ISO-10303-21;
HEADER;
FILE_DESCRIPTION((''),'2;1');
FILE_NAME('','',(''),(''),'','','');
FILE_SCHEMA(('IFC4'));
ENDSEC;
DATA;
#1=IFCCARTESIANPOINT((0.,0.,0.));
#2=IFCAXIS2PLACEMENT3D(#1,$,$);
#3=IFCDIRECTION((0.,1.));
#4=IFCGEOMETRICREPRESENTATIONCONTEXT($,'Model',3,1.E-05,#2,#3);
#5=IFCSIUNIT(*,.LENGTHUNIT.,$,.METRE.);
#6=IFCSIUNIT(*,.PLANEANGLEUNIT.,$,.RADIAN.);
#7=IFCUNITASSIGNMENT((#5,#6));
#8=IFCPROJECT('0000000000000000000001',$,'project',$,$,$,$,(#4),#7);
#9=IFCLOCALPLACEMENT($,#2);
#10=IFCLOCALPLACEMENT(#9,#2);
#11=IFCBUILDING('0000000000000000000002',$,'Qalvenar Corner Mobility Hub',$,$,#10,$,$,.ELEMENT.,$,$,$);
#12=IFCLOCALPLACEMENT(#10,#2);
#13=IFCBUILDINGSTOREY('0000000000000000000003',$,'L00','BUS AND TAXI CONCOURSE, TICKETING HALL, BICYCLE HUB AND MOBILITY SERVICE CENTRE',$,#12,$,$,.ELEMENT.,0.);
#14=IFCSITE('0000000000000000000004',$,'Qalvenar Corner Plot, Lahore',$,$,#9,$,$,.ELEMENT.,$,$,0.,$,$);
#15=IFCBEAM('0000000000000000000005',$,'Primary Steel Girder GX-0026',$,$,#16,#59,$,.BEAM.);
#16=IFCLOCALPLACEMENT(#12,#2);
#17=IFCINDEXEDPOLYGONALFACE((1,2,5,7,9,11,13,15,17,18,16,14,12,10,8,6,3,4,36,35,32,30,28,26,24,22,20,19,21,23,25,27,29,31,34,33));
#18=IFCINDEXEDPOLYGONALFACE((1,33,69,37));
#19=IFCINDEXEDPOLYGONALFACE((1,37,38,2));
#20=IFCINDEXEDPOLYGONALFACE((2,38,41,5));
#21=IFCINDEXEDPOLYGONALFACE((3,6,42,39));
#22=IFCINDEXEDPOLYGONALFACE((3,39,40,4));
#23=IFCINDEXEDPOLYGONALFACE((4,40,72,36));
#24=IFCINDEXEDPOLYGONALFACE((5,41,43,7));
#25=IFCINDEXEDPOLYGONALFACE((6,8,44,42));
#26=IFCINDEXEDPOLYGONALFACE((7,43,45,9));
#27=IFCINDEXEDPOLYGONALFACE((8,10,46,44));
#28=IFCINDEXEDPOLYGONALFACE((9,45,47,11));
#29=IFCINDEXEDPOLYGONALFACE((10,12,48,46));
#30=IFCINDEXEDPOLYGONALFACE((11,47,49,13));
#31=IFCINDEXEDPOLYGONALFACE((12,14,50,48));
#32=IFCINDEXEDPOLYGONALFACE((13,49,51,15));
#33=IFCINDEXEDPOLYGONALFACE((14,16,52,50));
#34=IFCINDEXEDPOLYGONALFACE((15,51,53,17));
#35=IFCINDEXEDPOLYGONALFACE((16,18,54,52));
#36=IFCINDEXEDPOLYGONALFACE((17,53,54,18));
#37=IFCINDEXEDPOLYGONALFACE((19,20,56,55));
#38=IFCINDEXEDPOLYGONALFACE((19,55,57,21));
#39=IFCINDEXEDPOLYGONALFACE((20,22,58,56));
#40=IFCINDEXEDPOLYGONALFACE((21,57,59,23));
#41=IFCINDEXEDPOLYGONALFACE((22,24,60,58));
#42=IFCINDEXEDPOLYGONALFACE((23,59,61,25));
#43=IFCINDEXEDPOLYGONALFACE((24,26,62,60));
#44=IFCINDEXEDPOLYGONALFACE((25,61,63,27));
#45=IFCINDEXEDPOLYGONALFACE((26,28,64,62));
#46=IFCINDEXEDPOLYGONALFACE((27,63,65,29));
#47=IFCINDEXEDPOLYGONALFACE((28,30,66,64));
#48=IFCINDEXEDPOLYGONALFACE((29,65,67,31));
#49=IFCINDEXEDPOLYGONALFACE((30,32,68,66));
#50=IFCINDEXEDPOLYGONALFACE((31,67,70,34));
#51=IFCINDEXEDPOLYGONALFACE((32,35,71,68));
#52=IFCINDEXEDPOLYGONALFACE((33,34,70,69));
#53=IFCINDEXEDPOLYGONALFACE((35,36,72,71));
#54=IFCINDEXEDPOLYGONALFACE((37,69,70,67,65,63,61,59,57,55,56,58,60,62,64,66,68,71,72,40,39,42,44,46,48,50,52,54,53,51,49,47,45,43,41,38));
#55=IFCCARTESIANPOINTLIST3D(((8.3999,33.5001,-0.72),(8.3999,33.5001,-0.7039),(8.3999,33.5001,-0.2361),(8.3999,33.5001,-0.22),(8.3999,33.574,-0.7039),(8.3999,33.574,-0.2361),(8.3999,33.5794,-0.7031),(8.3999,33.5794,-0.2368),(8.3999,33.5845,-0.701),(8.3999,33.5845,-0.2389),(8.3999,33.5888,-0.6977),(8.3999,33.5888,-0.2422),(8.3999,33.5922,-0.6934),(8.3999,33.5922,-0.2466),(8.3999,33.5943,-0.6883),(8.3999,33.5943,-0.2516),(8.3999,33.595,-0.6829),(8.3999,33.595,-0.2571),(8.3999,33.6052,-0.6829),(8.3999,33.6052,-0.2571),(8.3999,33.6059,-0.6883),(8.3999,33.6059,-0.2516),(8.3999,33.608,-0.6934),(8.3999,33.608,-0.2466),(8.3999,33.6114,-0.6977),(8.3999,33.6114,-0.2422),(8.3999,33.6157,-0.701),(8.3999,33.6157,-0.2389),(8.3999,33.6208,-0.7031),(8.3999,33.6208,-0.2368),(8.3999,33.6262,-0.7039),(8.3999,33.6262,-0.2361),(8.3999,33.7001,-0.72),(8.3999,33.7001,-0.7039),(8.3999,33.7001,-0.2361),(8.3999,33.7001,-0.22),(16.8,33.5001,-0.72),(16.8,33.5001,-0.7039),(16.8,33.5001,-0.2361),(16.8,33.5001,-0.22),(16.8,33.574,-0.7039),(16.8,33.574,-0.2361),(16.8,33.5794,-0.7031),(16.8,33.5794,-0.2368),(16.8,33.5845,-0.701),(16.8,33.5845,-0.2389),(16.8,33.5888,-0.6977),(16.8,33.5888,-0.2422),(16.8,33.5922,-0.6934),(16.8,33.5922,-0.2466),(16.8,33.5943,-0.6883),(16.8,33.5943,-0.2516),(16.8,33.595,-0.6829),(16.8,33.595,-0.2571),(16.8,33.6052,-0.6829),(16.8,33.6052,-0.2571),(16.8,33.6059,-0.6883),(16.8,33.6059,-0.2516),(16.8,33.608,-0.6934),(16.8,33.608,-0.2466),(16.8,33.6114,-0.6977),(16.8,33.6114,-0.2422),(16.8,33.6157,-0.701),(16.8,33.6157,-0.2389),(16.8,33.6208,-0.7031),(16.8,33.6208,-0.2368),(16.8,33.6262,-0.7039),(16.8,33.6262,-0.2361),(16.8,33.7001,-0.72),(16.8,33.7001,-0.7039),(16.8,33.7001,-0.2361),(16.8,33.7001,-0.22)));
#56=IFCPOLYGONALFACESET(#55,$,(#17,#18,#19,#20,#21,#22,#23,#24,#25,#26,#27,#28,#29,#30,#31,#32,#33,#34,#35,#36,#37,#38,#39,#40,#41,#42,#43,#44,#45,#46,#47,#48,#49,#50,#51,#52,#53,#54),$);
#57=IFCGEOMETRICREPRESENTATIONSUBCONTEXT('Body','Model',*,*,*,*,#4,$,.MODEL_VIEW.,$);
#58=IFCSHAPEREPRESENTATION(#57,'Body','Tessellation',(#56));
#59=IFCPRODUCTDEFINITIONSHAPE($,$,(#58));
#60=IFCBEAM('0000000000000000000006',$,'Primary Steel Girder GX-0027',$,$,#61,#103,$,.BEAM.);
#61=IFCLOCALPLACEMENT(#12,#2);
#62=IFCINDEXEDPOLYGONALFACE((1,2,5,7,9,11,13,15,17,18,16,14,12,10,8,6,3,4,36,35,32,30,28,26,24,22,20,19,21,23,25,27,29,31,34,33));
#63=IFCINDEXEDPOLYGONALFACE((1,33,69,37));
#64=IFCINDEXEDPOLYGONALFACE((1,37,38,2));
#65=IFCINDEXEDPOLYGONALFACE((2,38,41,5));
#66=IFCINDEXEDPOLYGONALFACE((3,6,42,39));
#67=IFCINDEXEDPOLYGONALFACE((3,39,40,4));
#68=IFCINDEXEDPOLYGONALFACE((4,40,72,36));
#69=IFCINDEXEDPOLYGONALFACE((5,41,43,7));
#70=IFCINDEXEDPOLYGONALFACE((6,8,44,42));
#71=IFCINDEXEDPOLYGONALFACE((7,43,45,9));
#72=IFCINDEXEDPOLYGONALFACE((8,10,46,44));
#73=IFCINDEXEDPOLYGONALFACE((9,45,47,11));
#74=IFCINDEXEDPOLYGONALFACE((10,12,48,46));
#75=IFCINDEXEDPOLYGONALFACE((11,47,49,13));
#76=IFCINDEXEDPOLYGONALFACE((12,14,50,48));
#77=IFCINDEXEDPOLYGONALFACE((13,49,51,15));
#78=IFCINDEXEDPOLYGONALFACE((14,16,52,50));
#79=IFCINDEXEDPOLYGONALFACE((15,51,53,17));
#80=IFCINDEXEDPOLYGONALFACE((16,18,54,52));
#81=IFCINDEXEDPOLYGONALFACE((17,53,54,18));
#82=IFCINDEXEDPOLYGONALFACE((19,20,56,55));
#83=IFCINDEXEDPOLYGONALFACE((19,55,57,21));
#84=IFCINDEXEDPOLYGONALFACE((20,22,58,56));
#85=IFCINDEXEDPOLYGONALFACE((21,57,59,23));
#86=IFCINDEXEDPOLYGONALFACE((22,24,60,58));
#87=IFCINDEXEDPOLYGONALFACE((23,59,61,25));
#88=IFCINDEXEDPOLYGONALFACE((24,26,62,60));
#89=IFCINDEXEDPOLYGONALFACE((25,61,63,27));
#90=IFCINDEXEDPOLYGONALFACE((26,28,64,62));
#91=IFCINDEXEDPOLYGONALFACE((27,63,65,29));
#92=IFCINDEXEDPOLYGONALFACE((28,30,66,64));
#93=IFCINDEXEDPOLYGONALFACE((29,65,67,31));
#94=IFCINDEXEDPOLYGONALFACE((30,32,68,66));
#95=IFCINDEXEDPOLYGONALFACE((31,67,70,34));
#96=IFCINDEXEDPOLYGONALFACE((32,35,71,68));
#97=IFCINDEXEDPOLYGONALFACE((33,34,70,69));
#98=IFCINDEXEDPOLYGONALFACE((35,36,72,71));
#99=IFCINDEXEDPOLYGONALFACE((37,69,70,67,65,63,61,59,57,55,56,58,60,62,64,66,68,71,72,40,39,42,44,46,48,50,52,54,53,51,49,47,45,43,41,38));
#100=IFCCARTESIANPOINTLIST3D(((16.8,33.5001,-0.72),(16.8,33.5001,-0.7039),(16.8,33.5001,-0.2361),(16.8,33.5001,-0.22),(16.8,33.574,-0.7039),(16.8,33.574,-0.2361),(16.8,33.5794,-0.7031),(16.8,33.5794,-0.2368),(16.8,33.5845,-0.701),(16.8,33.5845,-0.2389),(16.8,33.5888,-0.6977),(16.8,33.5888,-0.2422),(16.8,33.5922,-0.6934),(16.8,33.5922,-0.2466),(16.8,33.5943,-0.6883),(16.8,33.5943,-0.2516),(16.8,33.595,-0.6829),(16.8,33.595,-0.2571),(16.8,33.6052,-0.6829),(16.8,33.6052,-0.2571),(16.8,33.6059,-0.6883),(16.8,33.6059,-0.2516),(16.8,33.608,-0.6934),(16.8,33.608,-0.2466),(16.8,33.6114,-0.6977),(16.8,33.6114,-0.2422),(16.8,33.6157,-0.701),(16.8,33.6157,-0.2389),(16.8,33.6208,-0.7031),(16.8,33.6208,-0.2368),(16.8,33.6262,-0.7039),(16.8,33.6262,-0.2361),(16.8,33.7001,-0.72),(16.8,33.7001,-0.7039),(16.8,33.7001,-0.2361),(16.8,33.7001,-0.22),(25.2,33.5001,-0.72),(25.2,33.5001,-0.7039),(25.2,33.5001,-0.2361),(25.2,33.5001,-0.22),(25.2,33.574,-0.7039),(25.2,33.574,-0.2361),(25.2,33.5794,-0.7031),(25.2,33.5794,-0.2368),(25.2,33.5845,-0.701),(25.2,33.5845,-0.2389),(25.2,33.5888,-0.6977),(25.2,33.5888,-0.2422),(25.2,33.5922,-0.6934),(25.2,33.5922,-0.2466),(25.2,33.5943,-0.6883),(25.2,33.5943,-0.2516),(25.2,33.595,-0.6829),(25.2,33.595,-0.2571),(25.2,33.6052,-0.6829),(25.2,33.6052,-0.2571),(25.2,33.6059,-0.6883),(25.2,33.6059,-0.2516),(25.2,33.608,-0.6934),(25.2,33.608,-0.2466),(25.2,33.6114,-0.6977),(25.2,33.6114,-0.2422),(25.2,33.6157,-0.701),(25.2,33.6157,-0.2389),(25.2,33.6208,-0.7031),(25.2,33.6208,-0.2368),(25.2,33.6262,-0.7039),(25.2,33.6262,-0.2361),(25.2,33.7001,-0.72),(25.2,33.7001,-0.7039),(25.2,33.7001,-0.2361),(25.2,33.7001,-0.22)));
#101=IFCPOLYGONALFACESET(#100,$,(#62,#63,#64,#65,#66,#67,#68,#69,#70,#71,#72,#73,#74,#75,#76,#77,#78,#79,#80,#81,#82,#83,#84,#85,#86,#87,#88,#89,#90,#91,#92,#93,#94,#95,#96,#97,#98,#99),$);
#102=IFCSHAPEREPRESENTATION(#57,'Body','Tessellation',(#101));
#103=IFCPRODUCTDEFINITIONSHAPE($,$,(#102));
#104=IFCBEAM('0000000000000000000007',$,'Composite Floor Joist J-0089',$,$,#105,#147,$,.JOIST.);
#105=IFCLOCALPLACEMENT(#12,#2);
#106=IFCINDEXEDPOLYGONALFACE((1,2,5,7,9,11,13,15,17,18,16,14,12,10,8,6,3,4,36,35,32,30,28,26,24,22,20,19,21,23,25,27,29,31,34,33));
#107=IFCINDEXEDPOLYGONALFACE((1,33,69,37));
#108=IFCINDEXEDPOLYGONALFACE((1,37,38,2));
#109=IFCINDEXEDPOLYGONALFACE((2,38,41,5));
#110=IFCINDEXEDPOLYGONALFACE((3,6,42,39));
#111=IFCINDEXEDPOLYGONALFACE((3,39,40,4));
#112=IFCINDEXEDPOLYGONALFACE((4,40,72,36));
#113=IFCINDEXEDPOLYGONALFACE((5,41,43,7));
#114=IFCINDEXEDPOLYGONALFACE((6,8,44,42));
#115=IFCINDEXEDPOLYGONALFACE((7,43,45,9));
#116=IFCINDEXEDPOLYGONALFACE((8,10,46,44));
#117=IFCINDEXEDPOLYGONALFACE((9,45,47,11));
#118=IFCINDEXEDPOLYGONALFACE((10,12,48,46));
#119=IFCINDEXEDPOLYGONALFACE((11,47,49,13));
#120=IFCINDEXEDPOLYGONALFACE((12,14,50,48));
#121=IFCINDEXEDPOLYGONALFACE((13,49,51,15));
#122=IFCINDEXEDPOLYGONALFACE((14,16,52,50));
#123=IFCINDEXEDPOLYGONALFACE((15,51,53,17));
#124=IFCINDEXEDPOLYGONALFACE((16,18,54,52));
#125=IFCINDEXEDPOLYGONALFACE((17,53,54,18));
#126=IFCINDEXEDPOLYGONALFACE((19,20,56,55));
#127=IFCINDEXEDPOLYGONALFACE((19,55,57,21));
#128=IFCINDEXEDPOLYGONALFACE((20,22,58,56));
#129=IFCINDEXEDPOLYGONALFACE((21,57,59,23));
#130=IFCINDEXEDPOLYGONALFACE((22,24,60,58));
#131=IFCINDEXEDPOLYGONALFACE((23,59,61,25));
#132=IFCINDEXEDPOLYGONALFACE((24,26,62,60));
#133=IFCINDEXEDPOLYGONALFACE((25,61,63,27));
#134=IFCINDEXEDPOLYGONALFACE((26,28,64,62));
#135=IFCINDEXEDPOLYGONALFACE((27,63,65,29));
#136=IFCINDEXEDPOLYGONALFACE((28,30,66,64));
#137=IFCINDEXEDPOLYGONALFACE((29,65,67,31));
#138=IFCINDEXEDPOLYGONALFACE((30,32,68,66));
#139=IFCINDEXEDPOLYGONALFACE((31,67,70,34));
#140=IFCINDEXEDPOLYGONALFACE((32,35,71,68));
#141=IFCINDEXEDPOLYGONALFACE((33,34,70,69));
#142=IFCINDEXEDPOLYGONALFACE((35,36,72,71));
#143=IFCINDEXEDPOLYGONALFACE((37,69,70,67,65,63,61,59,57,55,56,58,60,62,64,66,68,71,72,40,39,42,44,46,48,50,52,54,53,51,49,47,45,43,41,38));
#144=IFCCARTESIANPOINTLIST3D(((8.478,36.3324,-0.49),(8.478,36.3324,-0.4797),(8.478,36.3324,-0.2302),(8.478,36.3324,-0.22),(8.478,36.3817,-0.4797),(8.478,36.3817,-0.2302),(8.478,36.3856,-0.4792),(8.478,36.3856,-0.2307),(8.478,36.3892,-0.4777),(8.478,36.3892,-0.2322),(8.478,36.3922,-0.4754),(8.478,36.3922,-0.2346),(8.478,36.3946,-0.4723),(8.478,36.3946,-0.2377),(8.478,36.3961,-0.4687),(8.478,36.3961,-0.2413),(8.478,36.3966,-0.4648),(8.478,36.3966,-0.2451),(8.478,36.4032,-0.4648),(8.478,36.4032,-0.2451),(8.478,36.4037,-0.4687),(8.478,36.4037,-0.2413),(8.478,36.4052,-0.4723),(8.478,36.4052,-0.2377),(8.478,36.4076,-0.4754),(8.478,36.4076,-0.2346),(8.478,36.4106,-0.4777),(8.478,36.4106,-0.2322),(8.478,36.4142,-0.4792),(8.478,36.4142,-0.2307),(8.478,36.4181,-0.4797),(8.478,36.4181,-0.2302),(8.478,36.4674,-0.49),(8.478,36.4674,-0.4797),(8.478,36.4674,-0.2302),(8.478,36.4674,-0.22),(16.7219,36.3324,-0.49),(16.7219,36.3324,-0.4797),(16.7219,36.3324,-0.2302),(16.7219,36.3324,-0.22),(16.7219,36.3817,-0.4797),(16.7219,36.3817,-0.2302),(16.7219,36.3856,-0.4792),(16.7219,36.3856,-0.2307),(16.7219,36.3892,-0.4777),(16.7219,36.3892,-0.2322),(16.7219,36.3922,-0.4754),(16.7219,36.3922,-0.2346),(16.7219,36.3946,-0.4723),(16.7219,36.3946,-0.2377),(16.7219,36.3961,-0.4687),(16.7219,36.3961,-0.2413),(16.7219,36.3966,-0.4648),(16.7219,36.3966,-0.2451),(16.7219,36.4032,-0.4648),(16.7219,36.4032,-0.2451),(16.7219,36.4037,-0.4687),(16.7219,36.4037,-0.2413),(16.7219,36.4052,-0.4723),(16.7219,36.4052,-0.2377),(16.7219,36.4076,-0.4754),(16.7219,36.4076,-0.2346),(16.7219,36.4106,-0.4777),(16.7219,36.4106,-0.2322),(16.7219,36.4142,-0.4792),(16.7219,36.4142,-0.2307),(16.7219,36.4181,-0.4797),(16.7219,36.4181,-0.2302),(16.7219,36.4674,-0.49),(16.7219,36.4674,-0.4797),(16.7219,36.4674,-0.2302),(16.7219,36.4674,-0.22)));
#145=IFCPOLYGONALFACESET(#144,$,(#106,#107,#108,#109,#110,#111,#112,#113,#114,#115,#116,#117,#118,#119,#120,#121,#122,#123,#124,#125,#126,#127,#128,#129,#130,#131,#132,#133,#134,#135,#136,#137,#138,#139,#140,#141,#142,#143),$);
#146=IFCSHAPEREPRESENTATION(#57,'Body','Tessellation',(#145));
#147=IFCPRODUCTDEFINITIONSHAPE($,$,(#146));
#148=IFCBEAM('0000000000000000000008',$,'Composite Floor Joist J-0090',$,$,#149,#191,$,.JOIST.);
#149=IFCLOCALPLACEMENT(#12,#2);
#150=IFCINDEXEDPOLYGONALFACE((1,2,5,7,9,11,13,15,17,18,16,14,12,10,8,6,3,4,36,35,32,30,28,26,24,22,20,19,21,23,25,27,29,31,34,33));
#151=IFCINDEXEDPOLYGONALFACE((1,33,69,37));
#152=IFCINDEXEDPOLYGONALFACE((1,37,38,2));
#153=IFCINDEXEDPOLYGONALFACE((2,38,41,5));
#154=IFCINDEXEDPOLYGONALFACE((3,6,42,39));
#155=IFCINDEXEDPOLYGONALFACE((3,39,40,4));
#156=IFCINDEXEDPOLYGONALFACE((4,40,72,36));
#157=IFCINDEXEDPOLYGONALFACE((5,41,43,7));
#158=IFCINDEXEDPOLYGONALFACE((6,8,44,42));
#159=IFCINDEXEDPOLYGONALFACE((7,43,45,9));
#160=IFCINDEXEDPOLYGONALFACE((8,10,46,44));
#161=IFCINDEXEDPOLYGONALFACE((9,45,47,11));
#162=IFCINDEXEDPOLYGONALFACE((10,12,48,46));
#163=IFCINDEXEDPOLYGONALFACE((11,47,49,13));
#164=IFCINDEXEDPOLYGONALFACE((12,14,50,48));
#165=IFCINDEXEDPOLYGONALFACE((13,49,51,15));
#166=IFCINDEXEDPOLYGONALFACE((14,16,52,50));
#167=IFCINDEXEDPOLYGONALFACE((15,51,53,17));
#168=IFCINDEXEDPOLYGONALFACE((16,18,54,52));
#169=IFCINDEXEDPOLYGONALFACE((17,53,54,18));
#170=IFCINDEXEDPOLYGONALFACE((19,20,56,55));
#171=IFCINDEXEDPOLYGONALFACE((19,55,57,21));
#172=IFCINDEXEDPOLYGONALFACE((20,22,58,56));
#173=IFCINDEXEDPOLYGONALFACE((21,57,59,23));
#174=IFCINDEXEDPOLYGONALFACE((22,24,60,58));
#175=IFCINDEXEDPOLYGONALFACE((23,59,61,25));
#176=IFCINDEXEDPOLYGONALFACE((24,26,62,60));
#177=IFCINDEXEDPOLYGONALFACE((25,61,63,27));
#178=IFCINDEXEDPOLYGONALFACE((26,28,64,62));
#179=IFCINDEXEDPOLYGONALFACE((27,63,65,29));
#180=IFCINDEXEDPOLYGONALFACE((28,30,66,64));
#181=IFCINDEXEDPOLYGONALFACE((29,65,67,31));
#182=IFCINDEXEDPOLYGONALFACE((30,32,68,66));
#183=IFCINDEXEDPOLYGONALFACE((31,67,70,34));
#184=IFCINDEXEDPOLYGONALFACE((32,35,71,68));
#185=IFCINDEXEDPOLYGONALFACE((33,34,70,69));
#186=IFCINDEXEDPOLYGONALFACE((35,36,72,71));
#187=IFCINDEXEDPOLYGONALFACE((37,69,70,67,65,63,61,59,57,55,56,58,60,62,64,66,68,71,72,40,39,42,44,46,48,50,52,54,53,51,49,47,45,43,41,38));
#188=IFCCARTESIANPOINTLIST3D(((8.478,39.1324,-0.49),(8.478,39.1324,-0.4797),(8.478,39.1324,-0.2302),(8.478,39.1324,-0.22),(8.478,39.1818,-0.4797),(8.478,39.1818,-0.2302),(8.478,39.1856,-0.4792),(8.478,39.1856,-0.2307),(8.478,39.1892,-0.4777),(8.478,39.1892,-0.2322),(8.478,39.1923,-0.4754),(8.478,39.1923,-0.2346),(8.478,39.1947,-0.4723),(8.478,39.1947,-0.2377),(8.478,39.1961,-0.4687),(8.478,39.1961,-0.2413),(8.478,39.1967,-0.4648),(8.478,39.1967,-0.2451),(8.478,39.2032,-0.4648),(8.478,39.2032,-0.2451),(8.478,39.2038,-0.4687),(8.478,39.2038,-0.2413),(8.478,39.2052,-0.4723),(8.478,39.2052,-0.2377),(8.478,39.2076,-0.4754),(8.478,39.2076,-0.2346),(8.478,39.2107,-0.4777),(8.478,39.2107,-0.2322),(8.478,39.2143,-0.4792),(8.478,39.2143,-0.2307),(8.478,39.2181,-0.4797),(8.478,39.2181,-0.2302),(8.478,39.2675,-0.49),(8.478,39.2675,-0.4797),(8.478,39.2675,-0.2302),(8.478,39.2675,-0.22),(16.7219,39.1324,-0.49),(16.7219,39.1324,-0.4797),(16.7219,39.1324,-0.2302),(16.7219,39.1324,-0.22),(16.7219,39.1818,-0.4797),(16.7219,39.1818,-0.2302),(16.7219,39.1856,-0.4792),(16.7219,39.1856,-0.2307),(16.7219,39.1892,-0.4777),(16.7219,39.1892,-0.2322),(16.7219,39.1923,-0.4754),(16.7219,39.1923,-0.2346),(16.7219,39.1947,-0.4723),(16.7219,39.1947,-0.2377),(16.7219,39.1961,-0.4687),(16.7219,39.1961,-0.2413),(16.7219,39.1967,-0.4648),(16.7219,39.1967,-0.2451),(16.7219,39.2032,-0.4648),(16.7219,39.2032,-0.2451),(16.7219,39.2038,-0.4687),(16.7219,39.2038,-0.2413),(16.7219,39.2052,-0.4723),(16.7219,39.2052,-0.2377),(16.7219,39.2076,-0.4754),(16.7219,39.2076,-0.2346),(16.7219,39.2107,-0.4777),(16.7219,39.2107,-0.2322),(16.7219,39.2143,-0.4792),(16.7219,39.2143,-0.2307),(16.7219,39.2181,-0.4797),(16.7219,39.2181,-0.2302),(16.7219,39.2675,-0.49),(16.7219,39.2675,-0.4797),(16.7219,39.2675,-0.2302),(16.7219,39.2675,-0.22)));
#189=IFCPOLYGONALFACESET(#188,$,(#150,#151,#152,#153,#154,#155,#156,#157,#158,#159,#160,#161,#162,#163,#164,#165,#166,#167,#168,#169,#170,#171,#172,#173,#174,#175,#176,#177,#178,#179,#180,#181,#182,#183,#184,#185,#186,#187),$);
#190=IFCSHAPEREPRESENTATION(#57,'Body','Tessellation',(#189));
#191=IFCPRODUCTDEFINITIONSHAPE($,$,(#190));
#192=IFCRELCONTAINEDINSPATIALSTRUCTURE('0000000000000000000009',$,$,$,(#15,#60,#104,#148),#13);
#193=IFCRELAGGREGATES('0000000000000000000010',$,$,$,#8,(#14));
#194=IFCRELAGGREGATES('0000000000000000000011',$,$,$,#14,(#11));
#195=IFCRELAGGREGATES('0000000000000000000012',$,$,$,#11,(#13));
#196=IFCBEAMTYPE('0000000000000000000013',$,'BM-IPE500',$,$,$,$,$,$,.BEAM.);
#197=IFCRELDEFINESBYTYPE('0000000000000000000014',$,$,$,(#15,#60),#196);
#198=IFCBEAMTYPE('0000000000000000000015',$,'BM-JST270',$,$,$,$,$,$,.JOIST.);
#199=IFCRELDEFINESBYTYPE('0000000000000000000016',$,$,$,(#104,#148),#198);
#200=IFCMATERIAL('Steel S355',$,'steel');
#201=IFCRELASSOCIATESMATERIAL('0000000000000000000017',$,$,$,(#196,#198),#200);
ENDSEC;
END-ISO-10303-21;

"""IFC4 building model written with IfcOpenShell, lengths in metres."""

from ifc_helpers import new_model, si_unit, direction, frame, origin, origin_2d, place, context, subcontext, project, spatial, i_section, extrude, material, material_profile, profile_set, type_object, element, save


model = new_model("IFC4")

# Units and contexts
model_context = context("Model", 3, precision=1e-05, world=origin(), true_north=direction((0.0, 1.0)))
body_context = subcontext(model_context, "Body", "Model", "MODEL_VIEW")
ifc_project = project(units=[si_unit("LENGTHUNIT", "METRE"), si_unit("PLANEANGLEUNIT", "RADIAN")], contexts=[model_context])

# Site, building, storey
site_placement = place(None, origin())
site = spatial("IfcSite", under=ifc_project, at=site_placement, Name="Qalvenar Corner Plot, Lahore", CompositionType="ELEMENT", RefElevation=0.0)
building_placement = place(site_placement, origin())
building = spatial("IfcBuilding", under=site, at=building_placement, Name="Qalvenar Corner Mobility Hub", CompositionType="ELEMENT")
storey_placement = place(building_placement, origin())
storey = spatial("IfcBuildingStorey", under=building, at=storey_placement, Name="L00", Description="BUS AND TAXI CONCOURSE, TICKETING HALL, BICYCLE HUB AND MOBILITY SERVICE CENTRE", CompositionType="ELEMENT", Elevation=0.0)

# Shared definitions
ifc_material_1 = material(Name="Steel S355", Category="steel")

# Beams
ifc_material_profile_1 = material_profile(ifc_material_1, i_section(OverallWidth=0.2, OverallDepth=0.5, WebThickness=0.0103, FlangeThickness=0.0161, FilletRadius=0.021, at=origin_2d()), Name="IPE500")
ifc_profile_set_1 = profile_set([ifc_material_profile_1], Name="Steel S355")
beam_type_1 = type_object("IfcBeamType", Name="BM-IPE500", PredefinedType="BEAM", material=ifc_profile_set_1)
beam_1_placement = place(storey_placement, frame((8.3999, 33.6001, -0.47), z_axis=(1.0, 0.0, 0.0), x_axis=(0.0, 1.0, 0.0)))
element("IfcBeam", 1, at=beam_1_placement, inside=storey, type_object=beam_type_1, Name="Primary Steel Girder GX-0026", PredefinedType="BEAM", context=body_context, shape_type="SweptSolid", body=[
    extrude(i_section(OverallWidth=0.2, OverallDepth=0.5, WebThickness=0.0103, FlangeThickness=0.0161, FilletRadius=0.021, at=origin_2d()), origin(), (0.0, 0.0, 1.0), 8.4001),
])
beam_2_placement = place(storey_placement, frame((16.8, 33.6001, -0.47), z_axis=(1.0, 0.0, 0.0), x_axis=(0.0, 1.0, 0.0)))
element("IfcBeam", 2, at=beam_2_placement, inside=storey, type_object=beam_type_1, Name="Primary Steel Girder GX-0027", PredefinedType="BEAM", context=body_context, shape_type="SweptSolid", body=[
    extrude(i_section(OverallWidth=0.2, OverallDepth=0.5, WebThickness=0.0103, FlangeThickness=0.0161, FilletRadius=0.021, at=origin_2d()), origin(), (0.0, 0.0, 1.0), 8.3999),
])
ifc_material_profile_2 = material_profile(ifc_material_1, i_section(OverallWidth=0.135, OverallDepth=0.27, WebThickness=0.0066, FlangeThickness=0.0103, FilletRadius=0.0149, at=origin_2d()), Name="IPE270")
ifc_profile_set_2 = profile_set([ifc_material_profile_2], Name="Steel S355")
beam_type_2 = type_object("IfcBeamType", Name="BM-JST270", PredefinedType="JOIST", material=ifc_profile_set_2)
for number, where, z_axis, x_axis, name in (
    (3, (8.478, 36.3999, -0.355), (1.0, 0.0, 0.0), (0.0, 1.0, 0.0), "Composite Floor Joist J-0089"),
    (4, (8.478, 39.2, -0.355), (1.0, 0.0, 0.0), (0.0, 1.0, 0.0), "Composite Floor Joist J-0090"),
):
    element("IfcBeam", number, at=place(storey_placement, frame(where, z_axis=z_axis, x_axis=x_axis)), inside=storey, type_object=beam_type_2, Name=name, PredefinedType="JOIST", context=body_context, shape_type="SweptSolid", body=[
        extrude(i_section(OverallWidth=0.135, OverallDepth=0.27, WebThickness=0.0066, FlangeThickness=0.0103, FilletRadius=0.0149, at=origin_2d()), origin(), (0.0, 0.0, 1.0), 8.2439),
    ])

save(model, "model.ifc")
